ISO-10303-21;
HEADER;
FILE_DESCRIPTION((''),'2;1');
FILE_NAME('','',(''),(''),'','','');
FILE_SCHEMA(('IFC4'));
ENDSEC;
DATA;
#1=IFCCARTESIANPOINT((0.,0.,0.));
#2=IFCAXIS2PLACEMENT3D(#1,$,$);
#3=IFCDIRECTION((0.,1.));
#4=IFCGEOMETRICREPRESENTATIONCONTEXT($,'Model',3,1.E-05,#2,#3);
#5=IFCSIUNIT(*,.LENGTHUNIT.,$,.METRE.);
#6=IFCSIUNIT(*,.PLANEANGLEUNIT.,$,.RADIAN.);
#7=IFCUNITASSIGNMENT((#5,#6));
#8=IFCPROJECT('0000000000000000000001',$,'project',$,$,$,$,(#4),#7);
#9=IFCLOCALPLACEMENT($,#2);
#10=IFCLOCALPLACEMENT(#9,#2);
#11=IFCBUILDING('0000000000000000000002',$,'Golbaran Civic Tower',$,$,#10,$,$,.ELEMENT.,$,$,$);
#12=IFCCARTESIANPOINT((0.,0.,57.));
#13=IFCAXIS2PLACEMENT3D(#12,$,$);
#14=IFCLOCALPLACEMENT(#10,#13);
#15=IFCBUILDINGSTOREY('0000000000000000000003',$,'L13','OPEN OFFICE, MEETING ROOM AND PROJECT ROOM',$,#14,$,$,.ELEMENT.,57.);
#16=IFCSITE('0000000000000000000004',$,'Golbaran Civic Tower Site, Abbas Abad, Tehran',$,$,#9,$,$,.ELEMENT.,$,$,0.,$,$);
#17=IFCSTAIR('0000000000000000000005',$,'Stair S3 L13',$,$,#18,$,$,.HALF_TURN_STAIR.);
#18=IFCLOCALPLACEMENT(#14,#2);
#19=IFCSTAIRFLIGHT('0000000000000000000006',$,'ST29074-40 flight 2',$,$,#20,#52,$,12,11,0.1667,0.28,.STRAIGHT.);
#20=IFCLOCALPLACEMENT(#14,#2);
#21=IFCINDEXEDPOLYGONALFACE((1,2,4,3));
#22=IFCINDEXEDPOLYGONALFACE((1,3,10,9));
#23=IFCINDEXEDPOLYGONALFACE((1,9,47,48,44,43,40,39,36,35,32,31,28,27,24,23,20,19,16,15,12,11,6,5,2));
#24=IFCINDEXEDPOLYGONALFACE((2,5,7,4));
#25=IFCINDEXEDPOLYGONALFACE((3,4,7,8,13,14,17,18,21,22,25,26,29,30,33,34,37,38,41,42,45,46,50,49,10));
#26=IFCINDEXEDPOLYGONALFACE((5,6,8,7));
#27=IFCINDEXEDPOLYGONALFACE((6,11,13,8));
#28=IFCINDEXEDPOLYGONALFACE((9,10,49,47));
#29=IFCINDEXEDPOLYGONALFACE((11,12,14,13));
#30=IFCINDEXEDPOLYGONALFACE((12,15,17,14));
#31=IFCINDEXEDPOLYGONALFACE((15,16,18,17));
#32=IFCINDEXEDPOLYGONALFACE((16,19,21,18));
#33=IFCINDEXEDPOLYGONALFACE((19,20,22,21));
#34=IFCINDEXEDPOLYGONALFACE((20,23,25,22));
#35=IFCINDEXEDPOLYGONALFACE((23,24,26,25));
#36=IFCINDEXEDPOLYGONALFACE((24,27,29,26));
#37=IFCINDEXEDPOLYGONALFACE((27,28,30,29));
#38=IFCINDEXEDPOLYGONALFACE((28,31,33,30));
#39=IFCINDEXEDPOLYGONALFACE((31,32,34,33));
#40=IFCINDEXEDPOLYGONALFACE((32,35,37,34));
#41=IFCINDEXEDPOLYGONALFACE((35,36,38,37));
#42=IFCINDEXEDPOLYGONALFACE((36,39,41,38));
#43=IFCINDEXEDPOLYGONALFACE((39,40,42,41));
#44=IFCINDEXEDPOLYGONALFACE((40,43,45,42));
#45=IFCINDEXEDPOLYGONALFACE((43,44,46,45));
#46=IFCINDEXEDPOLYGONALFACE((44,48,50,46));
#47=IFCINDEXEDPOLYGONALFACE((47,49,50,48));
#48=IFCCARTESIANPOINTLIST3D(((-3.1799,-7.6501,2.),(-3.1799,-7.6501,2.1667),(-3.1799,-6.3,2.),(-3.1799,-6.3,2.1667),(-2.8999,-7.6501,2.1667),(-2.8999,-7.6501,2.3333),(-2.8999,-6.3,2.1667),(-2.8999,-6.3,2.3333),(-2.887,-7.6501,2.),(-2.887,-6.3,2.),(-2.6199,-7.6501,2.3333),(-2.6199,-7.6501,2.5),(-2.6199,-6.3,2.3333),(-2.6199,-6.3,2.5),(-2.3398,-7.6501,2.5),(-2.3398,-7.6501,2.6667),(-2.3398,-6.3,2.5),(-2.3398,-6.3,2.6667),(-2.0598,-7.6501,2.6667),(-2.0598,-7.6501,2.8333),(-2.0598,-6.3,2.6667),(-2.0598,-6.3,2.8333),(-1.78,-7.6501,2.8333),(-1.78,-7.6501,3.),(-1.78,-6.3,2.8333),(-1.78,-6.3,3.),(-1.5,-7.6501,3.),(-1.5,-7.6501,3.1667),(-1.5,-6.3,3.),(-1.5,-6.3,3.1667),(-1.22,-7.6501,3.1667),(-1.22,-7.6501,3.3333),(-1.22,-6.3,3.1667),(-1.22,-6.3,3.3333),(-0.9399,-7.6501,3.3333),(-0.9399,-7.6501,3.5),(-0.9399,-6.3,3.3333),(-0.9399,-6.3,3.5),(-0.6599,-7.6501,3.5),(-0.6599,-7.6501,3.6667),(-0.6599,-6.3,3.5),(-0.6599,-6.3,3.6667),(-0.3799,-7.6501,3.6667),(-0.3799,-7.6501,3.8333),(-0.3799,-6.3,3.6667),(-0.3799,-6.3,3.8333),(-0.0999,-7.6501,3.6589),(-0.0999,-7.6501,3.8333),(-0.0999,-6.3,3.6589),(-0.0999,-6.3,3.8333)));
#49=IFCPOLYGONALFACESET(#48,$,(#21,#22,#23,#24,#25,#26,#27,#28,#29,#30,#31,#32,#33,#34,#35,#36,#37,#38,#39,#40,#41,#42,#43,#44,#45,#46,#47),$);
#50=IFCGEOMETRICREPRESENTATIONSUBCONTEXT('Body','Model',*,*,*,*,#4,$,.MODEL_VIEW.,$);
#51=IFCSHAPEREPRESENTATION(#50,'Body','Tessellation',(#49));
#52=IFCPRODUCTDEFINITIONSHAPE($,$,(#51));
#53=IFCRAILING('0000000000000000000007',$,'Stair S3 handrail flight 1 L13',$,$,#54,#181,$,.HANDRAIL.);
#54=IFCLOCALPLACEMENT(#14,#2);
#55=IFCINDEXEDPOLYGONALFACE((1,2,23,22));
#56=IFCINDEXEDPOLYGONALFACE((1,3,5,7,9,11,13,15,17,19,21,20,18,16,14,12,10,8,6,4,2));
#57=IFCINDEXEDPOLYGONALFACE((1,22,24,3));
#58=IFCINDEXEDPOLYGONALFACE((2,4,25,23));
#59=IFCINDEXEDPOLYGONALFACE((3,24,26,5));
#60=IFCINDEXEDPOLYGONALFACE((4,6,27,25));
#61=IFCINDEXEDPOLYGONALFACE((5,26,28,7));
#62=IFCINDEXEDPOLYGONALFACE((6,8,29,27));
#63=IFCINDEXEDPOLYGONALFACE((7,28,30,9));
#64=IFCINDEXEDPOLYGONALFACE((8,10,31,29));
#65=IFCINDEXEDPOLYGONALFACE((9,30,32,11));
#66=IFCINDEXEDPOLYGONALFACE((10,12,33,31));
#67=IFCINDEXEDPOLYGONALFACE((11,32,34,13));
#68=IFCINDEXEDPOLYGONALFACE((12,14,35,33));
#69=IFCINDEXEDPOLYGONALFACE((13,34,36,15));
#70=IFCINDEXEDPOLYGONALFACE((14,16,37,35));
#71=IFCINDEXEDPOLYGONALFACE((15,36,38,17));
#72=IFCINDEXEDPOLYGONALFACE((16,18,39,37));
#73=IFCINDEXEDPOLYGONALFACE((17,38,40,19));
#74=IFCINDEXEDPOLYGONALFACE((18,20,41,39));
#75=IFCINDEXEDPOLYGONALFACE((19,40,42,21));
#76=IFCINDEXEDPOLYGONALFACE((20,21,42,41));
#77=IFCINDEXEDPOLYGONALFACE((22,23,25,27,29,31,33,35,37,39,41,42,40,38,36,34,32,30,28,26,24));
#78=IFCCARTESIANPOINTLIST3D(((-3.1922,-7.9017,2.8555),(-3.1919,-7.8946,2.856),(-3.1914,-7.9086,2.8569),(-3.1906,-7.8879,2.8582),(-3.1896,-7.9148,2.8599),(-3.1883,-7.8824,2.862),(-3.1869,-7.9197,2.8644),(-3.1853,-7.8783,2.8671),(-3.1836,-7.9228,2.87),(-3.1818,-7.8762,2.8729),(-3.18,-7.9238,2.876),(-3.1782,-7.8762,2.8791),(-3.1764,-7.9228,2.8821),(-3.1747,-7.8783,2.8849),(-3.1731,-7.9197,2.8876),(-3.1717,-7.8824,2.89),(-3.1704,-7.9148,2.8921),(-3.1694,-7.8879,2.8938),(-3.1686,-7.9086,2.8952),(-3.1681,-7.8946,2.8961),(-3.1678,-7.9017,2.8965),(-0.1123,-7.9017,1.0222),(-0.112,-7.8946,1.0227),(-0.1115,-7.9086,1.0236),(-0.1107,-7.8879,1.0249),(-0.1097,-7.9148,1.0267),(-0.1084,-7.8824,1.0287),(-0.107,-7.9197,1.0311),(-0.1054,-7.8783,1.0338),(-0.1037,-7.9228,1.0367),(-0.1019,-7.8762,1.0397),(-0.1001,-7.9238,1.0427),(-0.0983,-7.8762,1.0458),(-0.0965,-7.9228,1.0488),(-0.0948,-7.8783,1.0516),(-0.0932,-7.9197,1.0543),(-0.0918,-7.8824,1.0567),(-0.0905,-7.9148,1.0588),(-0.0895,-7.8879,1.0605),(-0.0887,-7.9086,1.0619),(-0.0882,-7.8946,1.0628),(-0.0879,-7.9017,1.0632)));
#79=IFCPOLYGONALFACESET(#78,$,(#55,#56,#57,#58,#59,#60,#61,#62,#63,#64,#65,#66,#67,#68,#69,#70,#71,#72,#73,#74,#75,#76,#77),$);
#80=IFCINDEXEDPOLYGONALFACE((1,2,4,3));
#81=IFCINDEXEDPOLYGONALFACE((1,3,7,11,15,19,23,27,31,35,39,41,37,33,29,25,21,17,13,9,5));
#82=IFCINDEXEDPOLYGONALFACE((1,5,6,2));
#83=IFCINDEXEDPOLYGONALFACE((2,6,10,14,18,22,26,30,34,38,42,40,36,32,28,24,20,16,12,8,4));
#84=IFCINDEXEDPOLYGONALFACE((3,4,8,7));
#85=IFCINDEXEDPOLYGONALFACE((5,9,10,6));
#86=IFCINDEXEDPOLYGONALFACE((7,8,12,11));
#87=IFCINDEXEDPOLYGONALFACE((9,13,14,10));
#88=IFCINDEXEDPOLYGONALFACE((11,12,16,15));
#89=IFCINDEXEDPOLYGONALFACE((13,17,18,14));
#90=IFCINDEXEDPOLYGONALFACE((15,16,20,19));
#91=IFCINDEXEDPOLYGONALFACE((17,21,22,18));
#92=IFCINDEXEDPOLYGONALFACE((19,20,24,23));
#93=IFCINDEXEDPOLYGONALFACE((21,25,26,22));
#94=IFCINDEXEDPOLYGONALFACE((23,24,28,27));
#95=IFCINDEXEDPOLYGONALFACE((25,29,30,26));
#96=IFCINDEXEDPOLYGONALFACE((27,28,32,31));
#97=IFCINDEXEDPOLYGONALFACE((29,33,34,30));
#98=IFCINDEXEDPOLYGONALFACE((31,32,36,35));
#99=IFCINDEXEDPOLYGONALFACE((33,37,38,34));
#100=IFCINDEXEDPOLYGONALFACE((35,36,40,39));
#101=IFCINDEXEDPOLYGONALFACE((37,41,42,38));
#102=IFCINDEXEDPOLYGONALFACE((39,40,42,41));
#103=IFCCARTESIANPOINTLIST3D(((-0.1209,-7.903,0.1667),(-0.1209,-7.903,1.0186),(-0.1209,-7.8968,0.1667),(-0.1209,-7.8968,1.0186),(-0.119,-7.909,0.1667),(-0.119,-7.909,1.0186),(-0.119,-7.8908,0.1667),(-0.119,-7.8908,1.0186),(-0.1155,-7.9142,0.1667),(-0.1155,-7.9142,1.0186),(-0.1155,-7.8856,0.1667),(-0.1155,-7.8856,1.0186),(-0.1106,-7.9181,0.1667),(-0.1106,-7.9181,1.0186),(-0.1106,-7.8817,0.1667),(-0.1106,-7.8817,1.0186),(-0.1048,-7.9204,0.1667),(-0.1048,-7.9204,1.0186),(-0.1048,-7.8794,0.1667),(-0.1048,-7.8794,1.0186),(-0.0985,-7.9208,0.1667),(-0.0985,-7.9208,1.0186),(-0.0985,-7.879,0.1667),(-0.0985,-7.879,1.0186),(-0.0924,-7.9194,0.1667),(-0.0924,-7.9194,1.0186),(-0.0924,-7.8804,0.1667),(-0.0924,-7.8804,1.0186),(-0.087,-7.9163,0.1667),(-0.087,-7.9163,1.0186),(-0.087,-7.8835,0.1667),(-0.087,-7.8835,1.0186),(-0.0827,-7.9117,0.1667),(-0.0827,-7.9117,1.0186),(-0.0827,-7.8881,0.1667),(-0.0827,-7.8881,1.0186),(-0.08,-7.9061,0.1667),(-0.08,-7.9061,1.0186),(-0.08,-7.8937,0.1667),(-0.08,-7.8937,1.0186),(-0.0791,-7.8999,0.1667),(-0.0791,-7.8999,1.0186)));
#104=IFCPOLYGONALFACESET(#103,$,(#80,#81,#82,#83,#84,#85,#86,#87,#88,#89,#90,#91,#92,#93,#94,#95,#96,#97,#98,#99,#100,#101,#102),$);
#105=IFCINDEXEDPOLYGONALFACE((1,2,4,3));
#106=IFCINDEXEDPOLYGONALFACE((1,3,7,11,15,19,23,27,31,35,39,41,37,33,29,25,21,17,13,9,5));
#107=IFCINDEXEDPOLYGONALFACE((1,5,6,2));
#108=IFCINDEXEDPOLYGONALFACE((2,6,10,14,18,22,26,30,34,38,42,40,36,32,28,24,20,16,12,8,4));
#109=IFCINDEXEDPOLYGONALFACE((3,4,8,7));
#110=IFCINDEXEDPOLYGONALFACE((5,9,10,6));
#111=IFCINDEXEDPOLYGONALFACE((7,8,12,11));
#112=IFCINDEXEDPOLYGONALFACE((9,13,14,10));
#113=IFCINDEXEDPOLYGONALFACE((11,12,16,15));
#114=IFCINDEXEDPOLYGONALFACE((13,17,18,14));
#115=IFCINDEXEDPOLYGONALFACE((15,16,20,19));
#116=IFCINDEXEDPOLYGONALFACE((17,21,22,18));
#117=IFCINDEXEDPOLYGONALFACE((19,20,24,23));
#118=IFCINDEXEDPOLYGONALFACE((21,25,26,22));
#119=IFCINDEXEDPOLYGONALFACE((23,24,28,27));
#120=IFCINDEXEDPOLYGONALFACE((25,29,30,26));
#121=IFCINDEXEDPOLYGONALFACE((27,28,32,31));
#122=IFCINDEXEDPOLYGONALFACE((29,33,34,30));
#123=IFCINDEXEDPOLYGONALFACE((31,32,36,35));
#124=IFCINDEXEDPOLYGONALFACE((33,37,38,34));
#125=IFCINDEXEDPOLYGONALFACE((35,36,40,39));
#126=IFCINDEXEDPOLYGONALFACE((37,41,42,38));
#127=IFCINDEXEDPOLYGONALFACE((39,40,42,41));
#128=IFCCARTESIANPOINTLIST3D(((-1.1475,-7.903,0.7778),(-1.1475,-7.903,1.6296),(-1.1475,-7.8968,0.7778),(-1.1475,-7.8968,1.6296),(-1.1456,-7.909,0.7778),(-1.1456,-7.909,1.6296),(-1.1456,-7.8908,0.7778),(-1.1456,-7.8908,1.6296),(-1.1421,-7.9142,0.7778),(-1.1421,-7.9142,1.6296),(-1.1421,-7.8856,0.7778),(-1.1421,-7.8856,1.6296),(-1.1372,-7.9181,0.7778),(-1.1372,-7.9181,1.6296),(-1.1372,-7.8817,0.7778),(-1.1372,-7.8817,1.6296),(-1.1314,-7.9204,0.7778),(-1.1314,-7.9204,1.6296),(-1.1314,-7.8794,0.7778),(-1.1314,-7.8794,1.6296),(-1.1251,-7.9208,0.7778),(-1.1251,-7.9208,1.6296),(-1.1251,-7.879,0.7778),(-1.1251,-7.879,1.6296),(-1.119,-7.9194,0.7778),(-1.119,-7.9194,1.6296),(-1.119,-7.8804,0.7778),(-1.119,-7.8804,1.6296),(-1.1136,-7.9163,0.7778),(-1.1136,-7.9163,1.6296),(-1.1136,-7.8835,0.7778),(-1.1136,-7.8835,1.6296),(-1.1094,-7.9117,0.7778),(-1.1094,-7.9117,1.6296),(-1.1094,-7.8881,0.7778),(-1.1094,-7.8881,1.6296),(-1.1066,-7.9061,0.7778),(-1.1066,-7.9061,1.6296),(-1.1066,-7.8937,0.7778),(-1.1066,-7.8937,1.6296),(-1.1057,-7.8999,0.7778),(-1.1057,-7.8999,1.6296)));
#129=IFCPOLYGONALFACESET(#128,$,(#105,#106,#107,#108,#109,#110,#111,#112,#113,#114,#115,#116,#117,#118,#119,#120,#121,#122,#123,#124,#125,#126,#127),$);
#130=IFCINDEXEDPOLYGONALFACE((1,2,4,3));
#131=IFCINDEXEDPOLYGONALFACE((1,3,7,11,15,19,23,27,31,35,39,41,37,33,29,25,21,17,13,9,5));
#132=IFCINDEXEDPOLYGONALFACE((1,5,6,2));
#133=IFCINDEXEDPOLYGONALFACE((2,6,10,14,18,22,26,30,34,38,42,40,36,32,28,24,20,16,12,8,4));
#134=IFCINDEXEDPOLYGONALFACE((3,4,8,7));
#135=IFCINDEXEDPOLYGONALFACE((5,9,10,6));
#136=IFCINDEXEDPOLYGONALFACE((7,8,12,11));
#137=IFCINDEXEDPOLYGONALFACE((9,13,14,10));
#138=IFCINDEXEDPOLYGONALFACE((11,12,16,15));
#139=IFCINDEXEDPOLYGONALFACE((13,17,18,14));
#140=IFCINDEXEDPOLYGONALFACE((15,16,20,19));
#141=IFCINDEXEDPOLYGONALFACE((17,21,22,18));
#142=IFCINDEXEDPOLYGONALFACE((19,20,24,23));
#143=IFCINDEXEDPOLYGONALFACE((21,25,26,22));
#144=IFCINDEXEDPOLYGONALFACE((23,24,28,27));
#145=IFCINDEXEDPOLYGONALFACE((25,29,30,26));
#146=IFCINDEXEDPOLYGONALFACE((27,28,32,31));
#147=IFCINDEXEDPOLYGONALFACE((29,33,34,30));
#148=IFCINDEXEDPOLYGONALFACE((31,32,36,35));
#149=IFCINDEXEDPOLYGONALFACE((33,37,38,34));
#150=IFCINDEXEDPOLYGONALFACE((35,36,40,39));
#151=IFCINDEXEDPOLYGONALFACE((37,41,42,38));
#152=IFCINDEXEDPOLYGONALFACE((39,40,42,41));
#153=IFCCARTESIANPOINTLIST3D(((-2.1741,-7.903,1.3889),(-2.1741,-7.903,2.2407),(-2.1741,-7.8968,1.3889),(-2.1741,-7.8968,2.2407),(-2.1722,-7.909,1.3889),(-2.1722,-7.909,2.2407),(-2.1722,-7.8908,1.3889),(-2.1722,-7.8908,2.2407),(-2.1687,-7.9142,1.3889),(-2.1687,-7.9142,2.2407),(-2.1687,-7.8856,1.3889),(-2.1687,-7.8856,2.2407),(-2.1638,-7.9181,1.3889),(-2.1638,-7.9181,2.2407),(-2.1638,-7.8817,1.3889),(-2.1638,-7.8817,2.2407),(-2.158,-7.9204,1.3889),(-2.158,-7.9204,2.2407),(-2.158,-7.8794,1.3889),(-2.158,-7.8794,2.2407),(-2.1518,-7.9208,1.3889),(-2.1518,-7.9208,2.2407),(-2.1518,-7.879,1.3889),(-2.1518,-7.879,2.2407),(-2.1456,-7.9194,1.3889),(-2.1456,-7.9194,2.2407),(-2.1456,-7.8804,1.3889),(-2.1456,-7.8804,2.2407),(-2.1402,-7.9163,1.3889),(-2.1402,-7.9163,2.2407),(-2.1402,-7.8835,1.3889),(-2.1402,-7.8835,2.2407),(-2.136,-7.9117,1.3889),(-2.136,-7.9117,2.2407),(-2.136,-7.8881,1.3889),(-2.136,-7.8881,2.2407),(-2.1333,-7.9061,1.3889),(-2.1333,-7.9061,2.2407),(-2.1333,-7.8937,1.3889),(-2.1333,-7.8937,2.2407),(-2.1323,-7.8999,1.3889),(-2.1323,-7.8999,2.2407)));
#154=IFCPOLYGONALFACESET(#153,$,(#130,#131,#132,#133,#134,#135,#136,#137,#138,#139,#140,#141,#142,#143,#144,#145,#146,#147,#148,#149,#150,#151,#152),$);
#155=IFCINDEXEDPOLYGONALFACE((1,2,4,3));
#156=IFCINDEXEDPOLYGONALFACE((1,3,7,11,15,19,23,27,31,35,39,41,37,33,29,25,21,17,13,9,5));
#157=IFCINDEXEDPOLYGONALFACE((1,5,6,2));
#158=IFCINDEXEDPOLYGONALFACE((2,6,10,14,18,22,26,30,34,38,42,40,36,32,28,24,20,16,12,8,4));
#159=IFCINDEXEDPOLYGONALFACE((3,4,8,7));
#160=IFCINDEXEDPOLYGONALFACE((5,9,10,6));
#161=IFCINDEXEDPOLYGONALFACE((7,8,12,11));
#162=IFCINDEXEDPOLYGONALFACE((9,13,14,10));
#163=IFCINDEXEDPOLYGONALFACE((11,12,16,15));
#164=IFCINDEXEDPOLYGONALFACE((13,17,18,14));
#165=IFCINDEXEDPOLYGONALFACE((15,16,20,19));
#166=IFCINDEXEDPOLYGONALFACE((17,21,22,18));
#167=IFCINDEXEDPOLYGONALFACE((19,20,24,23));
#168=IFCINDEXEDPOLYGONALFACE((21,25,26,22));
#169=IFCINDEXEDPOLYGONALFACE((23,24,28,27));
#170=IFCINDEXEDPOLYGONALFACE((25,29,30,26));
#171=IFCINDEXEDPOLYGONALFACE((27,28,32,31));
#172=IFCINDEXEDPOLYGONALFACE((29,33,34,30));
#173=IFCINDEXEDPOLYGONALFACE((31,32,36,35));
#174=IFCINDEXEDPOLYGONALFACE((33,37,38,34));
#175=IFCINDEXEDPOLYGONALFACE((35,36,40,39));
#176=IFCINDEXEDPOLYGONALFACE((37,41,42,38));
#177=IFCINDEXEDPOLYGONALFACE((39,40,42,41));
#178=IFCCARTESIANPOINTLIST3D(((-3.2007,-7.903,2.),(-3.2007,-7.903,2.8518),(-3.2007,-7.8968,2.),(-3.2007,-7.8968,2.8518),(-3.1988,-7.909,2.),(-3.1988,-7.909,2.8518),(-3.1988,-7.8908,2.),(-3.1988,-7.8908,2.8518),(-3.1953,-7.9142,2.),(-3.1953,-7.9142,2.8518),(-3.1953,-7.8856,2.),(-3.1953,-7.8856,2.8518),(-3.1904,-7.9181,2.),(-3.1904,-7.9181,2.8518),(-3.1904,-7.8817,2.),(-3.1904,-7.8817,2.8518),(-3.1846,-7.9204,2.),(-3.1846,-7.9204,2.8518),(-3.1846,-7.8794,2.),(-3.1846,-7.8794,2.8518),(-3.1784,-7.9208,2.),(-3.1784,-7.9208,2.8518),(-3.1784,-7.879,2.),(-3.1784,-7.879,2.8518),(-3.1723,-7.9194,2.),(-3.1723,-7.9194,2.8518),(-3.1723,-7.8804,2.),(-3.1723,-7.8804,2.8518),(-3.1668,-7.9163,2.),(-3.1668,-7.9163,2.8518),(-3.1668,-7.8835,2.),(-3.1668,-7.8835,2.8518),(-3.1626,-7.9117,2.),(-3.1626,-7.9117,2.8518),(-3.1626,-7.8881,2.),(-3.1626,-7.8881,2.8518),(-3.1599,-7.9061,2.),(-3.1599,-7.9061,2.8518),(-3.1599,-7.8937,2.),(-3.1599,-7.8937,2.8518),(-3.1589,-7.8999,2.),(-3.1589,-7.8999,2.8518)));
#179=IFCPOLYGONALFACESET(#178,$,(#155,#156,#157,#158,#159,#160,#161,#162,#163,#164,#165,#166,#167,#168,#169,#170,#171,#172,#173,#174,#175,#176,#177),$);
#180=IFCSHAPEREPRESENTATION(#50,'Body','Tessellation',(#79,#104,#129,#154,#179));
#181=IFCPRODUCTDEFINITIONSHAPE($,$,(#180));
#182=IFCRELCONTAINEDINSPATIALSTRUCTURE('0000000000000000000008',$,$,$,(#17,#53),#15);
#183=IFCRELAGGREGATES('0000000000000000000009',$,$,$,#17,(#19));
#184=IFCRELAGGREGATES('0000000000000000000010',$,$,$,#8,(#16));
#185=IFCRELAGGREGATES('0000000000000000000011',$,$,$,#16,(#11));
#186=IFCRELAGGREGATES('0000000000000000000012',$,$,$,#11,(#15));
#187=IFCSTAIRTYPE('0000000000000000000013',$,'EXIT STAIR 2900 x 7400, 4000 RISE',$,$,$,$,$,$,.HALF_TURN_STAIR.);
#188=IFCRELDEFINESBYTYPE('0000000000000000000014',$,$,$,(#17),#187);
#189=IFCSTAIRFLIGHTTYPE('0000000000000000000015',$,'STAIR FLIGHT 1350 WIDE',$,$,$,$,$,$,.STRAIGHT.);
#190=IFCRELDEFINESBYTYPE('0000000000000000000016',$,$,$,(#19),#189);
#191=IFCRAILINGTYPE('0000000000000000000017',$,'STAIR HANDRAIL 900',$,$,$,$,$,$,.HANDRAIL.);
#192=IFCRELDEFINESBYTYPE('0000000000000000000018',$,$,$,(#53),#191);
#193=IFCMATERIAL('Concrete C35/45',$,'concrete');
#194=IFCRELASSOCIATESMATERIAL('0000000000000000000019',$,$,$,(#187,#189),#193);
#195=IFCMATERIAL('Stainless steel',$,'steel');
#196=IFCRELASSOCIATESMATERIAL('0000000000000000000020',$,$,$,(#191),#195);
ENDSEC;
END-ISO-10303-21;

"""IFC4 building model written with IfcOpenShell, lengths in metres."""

from ifc_helpers import new_model, si_unit, direction, frame, origin, origin_2d, place, context, subcontext, project, spatial, polyline, circle, outline, extrude, material, type_object, element, aggregate, save


model = new_model("IFC4")

# Units and contexts
model_context = context("Model", 3, precision=1e-05, world=origin(), true_north=direction((0.0, 1.0)))
body_context = subcontext(model_context, "Body", "Model", "MODEL_VIEW")
ifc_project = project(units=[si_unit("LENGTHUNIT", "METRE"), si_unit("PLANEANGLEUNIT", "RADIAN")], contexts=[model_context])

# Site, building, storey
site_placement = place(None, origin())
site = spatial("IfcSite", under=ifc_project, at=site_placement, Name="Golbaran Civic Tower Site, Abbas Abad, Tehran", CompositionType="ELEMENT", RefElevation=0.0)
building_placement = place(site_placement, origin())
building = spatial("IfcBuilding", under=site, at=building_placement, Name="Golbaran Civic Tower", CompositionType="ELEMENT")
storey_placement = place(building_placement, frame((0.0, 0.0, 57.0)))
storey = spatial("IfcBuildingStorey", under=building, at=storey_placement, Name="L13", Description="OPEN OFFICE, MEETING ROOM AND PROJECT ROOM", CompositionType="ELEMENT", Elevation=57.0)

# Stair, stair flight
ifc_material_1 = material(Name="Concrete C35/45", Category="concrete")
stair_type = type_object("IfcStairType", Name="EXIT STAIR 2900 x 7400, 4000 RISE", PredefinedType="HALF_TURN_STAIR", material=ifc_material_1)
stair_placement = place(storey_placement, origin())
stair = element("IfcStair", 1, at=stair_placement, inside=storey, type_object=stair_type, Name="Stair S3 L13", PredefinedType="HALF_TURN_STAIR")
stair_flight_type = type_object("IfcStairFlightType", Name="STAIR FLIGHT 1350 WIDE", PredefinedType="STRAIGHT", material=ifc_material_1)
stair_flight_1_placement = place(storey_placement, frame((-3.1799, -6.9751, 2.0), z_axis=(0.0, 0.0, 1.0), x_axis=(1.0, 0.0, 0.0)))
stair_flight_1 = element("IfcStairFlight", 2, at=stair_flight_1_placement, type_object=stair_flight_type, Name="ST29074-40 flight 2", NumberOfRisers=12, NumberOfTreads=11, PredefinedType="STRAIGHT", RiserHeight=0.1667, TreadLength=0.28, context=body_context, shape_type="SweptSolid", body=[
    extrude(outline(polyline([(0.0, 0.0), (0.0, 0.1667), (0.28, 0.1667), (0.28, 0.3333), (0.5601, 0.3333), (0.5601, 0.5), (0.8401, 0.5), (0.8401, 0.6667), (1.1201, 0.6667), (1.1201, 0.8333), (1.3999, 0.8333), (1.3999, 1.0), (1.6799, 1.0), (1.6799, 1.1667), (1.96, 1.1667), (1.96, 1.3333), (2.24, 1.3333), (2.24, 1.5), (2.52, 1.5), (2.52, 1.6667), (2.8, 1.6667), (2.8, 1.8333), (3.0801, 1.8333), (3.0801, 2.0), (3.0801, 1.6589), (0.293, 0.0), (0.0, 0.0)])), frame((0.0, 0.675, 0.0), z_axis=(0.0, -1.0, 0.0), x_axis=(1.0, 0.0, 0.0)), (0.0, 0.0, 1.0), 1.3501),
])
aggregate(stair, [stair_flight_1])

# Railing
ifc_material_2 = material(Name="Stainless steel", Category="steel")
railing_type = type_object("IfcRailingType", Name="STAIR HANDRAIL 900", PredefinedType="HANDRAIL", material=ifc_material_2)
railing_1_placement = place(storey_placement, frame((-0.1001, -7.8999, 0.1667)))
element("IfcRailing", 3, at=railing_1_placement, inside=storey, type_object=railing_type, Name="Stair S3 handrail flight 1 L13", PredefinedType="HANDRAIL", context=body_context, shape_type="SweptSolid", body=[
    extrude(circle(Radius=0.0239, at=origin_2d()), frame((0.0, 0.0, 0.876), z_axis=(-0.859291, 0.0, 0.511487), x_axis=(0.0, -1.0, 0.0)), (0.0, 0.0, 1.0), 3.5842),
    extrude(circle(Radius=0.021, at=origin_2d()), origin(), (0.0, 0.0, 1.0), 0.8518),
    extrude(circle(Radius=0.021, at=origin_2d()), frame((-1.0266, 0.0, 0.6111)), (0.0, 0.0, 1.0), 0.8518),
    extrude(circle(Radius=0.021, at=origin_2d()), frame((-2.0532, 0.0, 1.2222)), (0.0, 0.0, 1.0), 0.8518),
    extrude(circle(Radius=0.021, at=origin_2d()), frame((-3.0798, 0.0, 1.8333)), (0.0, 0.0, 1.0), 0.8518),
])

save(model, "model.ifc")
